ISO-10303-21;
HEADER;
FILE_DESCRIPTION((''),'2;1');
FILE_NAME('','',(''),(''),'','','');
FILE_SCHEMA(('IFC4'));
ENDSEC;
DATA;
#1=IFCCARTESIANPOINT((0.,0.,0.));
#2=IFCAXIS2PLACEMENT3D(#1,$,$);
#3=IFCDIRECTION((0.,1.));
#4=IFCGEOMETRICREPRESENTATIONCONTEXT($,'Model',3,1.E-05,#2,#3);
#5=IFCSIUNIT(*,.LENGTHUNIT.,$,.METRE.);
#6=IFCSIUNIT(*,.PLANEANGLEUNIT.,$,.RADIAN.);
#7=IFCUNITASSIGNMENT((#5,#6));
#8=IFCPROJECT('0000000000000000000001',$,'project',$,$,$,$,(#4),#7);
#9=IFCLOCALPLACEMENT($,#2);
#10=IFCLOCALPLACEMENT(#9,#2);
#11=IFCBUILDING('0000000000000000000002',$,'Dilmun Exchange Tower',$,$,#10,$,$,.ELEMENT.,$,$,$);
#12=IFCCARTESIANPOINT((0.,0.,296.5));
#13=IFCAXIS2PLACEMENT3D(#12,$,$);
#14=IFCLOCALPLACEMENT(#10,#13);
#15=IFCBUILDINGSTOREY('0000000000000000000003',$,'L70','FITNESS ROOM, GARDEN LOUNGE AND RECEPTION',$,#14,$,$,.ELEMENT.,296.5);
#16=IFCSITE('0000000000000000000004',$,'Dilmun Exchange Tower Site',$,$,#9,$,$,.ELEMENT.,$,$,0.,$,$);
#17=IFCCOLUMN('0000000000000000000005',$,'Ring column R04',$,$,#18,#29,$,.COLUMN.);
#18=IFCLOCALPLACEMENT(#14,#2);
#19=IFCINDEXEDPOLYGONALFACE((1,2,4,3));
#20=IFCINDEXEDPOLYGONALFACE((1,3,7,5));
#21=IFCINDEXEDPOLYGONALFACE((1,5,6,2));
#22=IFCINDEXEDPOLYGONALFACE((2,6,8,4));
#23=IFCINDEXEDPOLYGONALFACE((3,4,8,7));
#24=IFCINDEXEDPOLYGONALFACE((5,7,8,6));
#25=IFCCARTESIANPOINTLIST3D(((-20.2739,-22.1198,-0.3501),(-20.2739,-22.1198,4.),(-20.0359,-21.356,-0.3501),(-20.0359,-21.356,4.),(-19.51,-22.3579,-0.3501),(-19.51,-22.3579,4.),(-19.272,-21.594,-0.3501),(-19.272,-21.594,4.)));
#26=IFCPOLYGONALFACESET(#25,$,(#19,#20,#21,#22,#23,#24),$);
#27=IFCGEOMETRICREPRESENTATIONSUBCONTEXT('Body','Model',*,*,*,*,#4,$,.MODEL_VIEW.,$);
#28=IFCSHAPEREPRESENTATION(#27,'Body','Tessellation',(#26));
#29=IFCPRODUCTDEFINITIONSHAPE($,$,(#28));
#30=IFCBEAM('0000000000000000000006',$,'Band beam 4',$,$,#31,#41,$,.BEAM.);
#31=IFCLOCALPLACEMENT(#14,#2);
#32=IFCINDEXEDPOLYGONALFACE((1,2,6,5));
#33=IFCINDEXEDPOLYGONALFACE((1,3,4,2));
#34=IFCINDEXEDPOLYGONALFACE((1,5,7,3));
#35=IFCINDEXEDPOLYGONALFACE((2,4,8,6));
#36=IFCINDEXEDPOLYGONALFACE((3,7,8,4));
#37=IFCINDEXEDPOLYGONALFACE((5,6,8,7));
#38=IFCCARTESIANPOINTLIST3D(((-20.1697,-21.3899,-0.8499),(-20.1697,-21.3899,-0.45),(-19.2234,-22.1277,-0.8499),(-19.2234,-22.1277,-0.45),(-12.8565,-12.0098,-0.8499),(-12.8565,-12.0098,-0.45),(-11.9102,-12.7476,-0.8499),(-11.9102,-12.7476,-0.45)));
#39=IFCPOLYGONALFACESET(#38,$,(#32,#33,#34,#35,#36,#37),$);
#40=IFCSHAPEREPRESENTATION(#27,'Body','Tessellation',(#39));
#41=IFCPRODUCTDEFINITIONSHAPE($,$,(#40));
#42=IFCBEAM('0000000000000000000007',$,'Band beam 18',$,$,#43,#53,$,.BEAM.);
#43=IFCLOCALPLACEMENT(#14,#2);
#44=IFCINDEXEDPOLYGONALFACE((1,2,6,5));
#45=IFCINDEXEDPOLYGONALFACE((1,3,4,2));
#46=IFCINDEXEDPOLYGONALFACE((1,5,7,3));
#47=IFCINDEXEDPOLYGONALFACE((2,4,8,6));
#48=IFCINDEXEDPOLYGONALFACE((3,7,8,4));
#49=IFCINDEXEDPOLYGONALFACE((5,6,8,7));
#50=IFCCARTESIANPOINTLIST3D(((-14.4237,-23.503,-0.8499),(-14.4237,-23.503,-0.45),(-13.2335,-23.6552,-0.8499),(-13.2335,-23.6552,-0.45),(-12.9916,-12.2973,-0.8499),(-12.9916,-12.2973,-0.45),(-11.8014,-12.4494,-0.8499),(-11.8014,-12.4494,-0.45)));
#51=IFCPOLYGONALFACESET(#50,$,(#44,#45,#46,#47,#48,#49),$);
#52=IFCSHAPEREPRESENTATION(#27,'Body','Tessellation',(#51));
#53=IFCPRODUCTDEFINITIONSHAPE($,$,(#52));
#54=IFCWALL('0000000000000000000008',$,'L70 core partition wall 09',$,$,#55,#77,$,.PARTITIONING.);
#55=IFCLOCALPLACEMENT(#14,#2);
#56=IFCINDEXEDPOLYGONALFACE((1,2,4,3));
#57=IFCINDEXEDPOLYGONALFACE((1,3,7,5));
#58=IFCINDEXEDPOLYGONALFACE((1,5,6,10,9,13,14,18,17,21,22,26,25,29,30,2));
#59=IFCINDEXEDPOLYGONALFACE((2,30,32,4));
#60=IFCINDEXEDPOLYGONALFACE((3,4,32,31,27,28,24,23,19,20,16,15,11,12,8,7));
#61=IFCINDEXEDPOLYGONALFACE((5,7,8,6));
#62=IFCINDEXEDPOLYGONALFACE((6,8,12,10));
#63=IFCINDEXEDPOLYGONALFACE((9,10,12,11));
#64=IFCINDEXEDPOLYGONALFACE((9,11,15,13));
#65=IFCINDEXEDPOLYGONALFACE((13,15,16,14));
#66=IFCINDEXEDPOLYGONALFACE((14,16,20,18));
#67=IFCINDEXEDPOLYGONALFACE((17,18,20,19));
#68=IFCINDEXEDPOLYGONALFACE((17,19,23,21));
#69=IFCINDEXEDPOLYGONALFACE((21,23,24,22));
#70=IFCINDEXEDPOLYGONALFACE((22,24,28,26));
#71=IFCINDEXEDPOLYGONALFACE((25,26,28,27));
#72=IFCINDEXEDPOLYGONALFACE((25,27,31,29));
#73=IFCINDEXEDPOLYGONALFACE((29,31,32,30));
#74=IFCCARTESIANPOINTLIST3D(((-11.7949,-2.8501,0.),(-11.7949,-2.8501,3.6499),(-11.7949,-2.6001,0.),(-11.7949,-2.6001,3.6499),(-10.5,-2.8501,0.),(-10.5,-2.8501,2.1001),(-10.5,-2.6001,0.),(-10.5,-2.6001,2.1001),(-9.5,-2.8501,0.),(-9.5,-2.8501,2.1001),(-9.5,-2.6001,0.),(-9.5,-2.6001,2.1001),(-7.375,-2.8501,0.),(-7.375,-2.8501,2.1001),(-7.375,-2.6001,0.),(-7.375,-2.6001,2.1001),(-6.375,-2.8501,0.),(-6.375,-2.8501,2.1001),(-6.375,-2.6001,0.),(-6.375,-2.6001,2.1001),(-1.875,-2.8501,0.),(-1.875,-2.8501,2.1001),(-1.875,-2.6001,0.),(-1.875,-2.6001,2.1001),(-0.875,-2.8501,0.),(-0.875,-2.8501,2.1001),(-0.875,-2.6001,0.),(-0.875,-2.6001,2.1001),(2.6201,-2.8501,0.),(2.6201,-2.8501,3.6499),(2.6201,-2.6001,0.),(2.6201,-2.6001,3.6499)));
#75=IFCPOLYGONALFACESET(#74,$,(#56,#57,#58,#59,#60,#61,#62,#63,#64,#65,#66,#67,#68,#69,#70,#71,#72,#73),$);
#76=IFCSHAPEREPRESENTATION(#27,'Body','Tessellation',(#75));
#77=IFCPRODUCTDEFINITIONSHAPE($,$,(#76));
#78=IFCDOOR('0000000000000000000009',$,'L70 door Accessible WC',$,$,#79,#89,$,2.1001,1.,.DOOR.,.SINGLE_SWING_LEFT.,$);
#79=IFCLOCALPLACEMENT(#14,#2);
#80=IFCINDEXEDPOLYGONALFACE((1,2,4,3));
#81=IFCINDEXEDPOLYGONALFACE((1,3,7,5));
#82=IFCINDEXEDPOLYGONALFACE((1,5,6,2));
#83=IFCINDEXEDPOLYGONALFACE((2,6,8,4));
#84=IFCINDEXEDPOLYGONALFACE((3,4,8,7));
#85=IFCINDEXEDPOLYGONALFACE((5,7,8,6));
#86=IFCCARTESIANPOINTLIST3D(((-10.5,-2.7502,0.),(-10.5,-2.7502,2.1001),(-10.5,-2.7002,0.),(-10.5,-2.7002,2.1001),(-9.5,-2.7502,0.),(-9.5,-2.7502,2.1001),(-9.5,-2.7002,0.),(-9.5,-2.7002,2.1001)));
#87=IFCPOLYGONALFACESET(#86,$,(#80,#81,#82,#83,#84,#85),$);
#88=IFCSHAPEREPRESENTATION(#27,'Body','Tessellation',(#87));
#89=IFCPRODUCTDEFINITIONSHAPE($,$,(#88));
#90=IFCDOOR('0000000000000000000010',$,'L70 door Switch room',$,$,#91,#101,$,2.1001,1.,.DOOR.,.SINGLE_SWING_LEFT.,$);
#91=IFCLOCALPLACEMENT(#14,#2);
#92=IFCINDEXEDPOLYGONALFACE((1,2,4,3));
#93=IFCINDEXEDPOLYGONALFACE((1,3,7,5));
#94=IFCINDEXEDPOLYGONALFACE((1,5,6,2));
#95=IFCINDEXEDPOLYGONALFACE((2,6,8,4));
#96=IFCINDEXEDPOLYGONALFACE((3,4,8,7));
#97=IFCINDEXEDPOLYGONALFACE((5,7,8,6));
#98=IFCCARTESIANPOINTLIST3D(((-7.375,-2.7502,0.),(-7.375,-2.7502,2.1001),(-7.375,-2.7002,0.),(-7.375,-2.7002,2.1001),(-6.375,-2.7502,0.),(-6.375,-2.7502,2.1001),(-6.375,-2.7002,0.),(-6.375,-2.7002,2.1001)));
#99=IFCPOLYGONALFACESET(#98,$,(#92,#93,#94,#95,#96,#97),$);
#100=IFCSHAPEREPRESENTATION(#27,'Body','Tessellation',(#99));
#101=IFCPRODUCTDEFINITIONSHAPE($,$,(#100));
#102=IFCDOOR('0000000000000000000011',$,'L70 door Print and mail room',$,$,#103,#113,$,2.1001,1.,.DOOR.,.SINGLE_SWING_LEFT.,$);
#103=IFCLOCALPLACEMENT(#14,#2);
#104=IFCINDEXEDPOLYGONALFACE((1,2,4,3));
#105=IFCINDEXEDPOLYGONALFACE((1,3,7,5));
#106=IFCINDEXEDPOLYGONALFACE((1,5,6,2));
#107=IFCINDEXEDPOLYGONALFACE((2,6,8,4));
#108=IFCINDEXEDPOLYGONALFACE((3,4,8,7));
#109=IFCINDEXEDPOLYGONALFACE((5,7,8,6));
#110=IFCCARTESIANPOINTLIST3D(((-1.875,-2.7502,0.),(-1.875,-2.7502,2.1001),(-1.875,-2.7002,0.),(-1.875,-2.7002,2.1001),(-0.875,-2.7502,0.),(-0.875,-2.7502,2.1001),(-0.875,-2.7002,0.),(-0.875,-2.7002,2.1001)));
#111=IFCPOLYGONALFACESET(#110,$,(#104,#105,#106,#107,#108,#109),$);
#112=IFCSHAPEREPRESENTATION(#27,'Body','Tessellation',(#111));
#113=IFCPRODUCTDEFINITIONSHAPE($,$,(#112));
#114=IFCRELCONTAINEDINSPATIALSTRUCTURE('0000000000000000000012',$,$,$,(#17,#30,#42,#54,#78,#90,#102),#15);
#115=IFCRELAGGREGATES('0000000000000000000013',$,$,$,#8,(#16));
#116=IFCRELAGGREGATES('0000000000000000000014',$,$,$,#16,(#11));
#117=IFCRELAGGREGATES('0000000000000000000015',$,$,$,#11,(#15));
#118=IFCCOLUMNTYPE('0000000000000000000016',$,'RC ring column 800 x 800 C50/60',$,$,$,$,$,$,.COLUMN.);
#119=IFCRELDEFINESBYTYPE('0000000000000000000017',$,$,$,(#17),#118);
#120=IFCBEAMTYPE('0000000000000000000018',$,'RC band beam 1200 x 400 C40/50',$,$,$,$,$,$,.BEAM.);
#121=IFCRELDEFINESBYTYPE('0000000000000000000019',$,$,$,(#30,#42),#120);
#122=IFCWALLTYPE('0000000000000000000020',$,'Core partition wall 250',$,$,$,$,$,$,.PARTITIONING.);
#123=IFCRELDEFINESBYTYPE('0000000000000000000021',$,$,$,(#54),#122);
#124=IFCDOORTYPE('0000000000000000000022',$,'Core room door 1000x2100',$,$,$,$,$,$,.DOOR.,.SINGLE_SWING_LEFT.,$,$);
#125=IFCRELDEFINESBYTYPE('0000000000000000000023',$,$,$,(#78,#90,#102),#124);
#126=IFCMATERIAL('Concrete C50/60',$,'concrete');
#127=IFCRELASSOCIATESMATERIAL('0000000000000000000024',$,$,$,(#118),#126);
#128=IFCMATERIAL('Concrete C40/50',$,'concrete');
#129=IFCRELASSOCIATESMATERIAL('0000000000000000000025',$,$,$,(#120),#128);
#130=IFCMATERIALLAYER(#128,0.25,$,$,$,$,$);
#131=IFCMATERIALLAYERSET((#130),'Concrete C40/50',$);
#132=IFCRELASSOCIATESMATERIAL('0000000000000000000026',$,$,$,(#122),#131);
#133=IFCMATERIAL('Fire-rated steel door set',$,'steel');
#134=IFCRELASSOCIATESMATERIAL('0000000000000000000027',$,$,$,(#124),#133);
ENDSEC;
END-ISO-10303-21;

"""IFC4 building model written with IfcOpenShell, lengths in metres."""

from ifc_helpers import new_model, si_unit, direction, frame, frame_2d, origin, origin_2d, place, context, subcontext, project, spatial, rectangle, extrude, material, layer, layer_set, material_profile, profile_set, type_object, element, fill, save


model = new_model("IFC4")

# Units and contexts
model_context = context("Model", 3, precision=1e-05, world=origin(), true_north=direction((0.0, 1.0)))
body_context = subcontext(model_context, "Body", "Model", "MODEL_VIEW")
ifc_project = project(units=[si_unit("LENGTHUNIT", "METRE"), si_unit("PLANEANGLEUNIT", "RADIAN")], contexts=[model_context])

# Site, building, storey
site_placement = place(None, origin())
site = spatial("IfcSite", under=ifc_project, at=site_placement, Name="Dilmun Exchange Tower Site", CompositionType="ELEMENT", RefElevation=0.0)
building_placement = place(site_placement, origin())
building = spatial("IfcBuilding", under=site, at=building_placement, Name="Dilmun Exchange Tower", CompositionType="ELEMENT")
storey_placement = place(building_placement, frame((0.0, 0.0, 296.5)))
storey = spatial("IfcBuildingStorey", under=building, at=storey_placement, Name="L70", Description="FITNESS ROOM, GARDEN LOUNGE AND RECEPTION", CompositionType="ELEMENT", Elevation=296.5)

# Column
ifc_material_1 = material(Name="Concrete C50/60", Category="concrete")
ifc_material_profile_1 = material_profile(ifc_material_1, rectangle(XDim=0.8, YDim=0.8, at=origin_2d()), Name="800 x 800")
ifc_profile_set_1 = profile_set([ifc_material_profile_1], Name="Concrete C50/60")
column_type = type_object("IfcColumnType", Name="RC ring column 800 x 800 C50/60", PredefinedType="COLUMN", material=ifc_profile_set_1)
column_placement = place(storey_placement, frame((-19.7729, -21.8569, -0.3501), z_axis=(0.0, 0.0, 1.0), x_axis=(0.297503, 0.954721, 0.0)))
element("IfcColumn", 1, at=column_placement, inside=storey, type_object=column_type, Name="Ring column R04", PredefinedType="COLUMN", context=body_context, shape_type="SweptSolid", body=[
    extrude(rectangle(XDim=0.8, YDim=0.8, at=origin_2d()), origin(), (0.0, 0.0, 1.0), 4.3501),
])

# Beams
ifc_material_2 = material(Name="Concrete C40/50", Category="concrete")
ifc_material_profile_2 = material_profile(ifc_material_2, rectangle(XDim=1.2, YDim=0.3999, at=origin_2d()), Name="1200 x 400")
ifc_profile_set_2 = profile_set([ifc_material_profile_2], Name="Concrete C40/50")
beam_type = type_object("IfcBeamType", Name="RC band beam 1200 x 400 C40/50", PredefinedType="BEAM", material=ifc_profile_set_2)
beam_1_placement = place(storey_placement, frame((-19.6965, -21.7588, -0.6499), z_axis=(0.614861, 0.788635, 0.0), x_axis=(-0.788635, 0.614861, 0.0)))
element("IfcBeam", 2, at=beam_1_placement, inside=storey, type_object=beam_type, Name="Band beam 4", PredefinedType="BEAM", context=body_context, shape_type="SweptSolid", body=[
    extrude(rectangle(XDim=1.2, YDim=0.3999, at=origin_2d()), origin(), (0.0, 0.0, 1.0), 11.894),
])
beam_2_placement = place(storey_placement, frame((-13.8286, -23.5791, -0.6499), z_axis=(0.126771, 0.991932, 0.0), x_axis=(-0.991932, 0.126771, 0.0)))
element("IfcBeam", 3, at=beam_2_placement, inside=storey, type_object=beam_type, Name="Band beam 18", PredefinedType="BEAM", context=body_context, shape_type="SweptSolid", body=[
    extrude(rectangle(XDim=1.2, YDim=0.3999, at=origin_2d()), origin(), (0.0, 0.0, 1.0), 11.2969),
])

# Wall, openings, doors
ifc_layer_1 = layer(ifc_material_2, 0.25)
ifc_layer_set_1 = layer_set([ifc_layer_1], Name="Concrete C40/50")
wall_type_1 = type_object("IfcWallType", Name="Core partition wall 250", PredefinedType="PARTITIONING", material=ifc_layer_set_1)
wall_1_placement = place(storey_placement, frame((-11.7949, -2.7251, 0.0), z_axis=(0.0, 0.0, 1.0), x_axis=(1.0, 0.0, 0.0)))
wall_1 = element("IfcWall", 4, at=wall_1_placement, inside=storey, type_object=wall_type_1, Name="L70 core partition wall 09", PredefinedType="PARTITIONING", context=body_context, shape_type="SweptSolid", body=[
    extrude(rectangle(XDim=14.415, YDim=0.25, at=frame_2d((7.2075, 0.0))), origin(), (0.0, 0.0, 1.0), 3.6499),
])
opening_1_placement = place(wall_1_placement, frame((1.2949, 0.0, 0.0)))
opening_1 = element("IfcOpeningElement", 5, at=opening_1_placement, cuts=wall_1, PredefinedType="OPENING", context=body_context, shape_type="SweptSolid", body=[
    extrude(rectangle(XDim=1.0, YDim=2.1001, at=frame_2d((0.5, 1.05))), frame((0.0, 0.135, 0.0), z_axis=(0.0, -1.0, 0.0), x_axis=(1.0, 0.0, 0.0)), (0.0, 0.0, 1.0), 0.27),
])
opening_2_placement = place(wall_1_placement, frame((4.4199, 0.0, 0.0)))
opening_2 = element("IfcOpeningElement", 6, at=opening_2_placement, cuts=wall_1, PredefinedType="OPENING", context=body_context, shape_type="SweptSolid", body=[
    extrude(rectangle(XDim=1.0, YDim=2.1001, at=frame_2d((0.5, 1.05))), frame((0.0, 0.135, 0.0), z_axis=(0.0, -1.0, 0.0), x_axis=(1.0, 0.0, 0.0)), (0.0, 0.0, 1.0), 0.27),
])
opening_3_placement = place(wall_1_placement, frame((9.9199, 0.0, 0.0)))
opening_3 = element("IfcOpeningElement", 7, at=opening_3_placement, cuts=wall_1, PredefinedType="OPENING", context=body_context, shape_type="SweptSolid", body=[
    extrude(rectangle(XDim=1.0, YDim=2.1001, at=frame_2d((0.5, 1.05))), frame((0.0, 0.135, 0.0), z_axis=(0.0, -1.0, 0.0), x_axis=(1.0, 0.0, 0.0)), (0.0, 0.0, 1.0), 0.27),
])
ifc_material_3 = material(Name="Fire-rated steel door set", Category="steel")
door_type_1 = type_object("IfcDoorType", Name="Core room door 1000x2100", OperationType="SINGLE_SWING_LEFT", PredefinedType="DOOR", material=ifc_material_3)
door_1_placement = place(opening_1_placement, origin())
door_1 = element("IfcDoor", 8, at=door_1_placement, inside=storey, type_object=door_type_1, Name="L70 door Accessible WC", OperationType="SINGLE_SWING_LEFT", OverallHeight=2.1001, OverallWidth=1.0, PredefinedType="DOOR", context=body_context, shape_type="SweptSolid", body=[
    extrude(rectangle(XDim=1.0, YDim=2.1001, at=frame_2d((0.5, 1.05))), frame((0.0, 0.0249, 0.0), z_axis=(0.0, -1.0, 0.0), x_axis=(1.0, 0.0, 0.0)), (0.0, 0.0, 1.0), 0.05),
])
fill(opening_1, door_1)
door_2_placement = place(opening_2_placement, origin())
door_2 = element("IfcDoor", 9, at=door_2_placement, inside=storey, type_object=door_type_1, Name="L70 door Switch room", OperationType="SINGLE_SWING_LEFT", OverallHeight=2.1001, OverallWidth=1.0, PredefinedType="DOOR", context=body_context, shape_type="SweptSolid", body=[
    extrude(rectangle(XDim=1.0, YDim=2.1001, at=frame_2d((0.5, 1.05))), frame((0.0, 0.0249, 0.0), z_axis=(0.0, -1.0, 0.0), x_axis=(1.0, 0.0, 0.0)), (0.0, 0.0, 1.0), 0.05),
])
fill(opening_2, door_2)
door_3_placement = place(opening_3_placement, origin())
door_3 = element("IfcDoor", 10, at=door_3_placement, inside=storey, type_object=door_type_1, Name="L70 door Print and mail room", OperationType="SINGLE_SWING_LEFT", OverallHeight=2.1001, OverallWidth=1.0, PredefinedType="DOOR", context=body_context, shape_type="SweptSolid", body=[
    extrude(rectangle(XDim=1.0, YDim=2.1001, at=frame_2d((0.5, 1.05))), frame((0.0, 0.0249, 0.0), z_axis=(0.0, -1.0, 0.0), x_axis=(1.0, 0.0, 0.0)), (0.0, 0.0, 1.0), 0.05),
])
fill(opening_3, door_3)

save(model, "model.ifc")
